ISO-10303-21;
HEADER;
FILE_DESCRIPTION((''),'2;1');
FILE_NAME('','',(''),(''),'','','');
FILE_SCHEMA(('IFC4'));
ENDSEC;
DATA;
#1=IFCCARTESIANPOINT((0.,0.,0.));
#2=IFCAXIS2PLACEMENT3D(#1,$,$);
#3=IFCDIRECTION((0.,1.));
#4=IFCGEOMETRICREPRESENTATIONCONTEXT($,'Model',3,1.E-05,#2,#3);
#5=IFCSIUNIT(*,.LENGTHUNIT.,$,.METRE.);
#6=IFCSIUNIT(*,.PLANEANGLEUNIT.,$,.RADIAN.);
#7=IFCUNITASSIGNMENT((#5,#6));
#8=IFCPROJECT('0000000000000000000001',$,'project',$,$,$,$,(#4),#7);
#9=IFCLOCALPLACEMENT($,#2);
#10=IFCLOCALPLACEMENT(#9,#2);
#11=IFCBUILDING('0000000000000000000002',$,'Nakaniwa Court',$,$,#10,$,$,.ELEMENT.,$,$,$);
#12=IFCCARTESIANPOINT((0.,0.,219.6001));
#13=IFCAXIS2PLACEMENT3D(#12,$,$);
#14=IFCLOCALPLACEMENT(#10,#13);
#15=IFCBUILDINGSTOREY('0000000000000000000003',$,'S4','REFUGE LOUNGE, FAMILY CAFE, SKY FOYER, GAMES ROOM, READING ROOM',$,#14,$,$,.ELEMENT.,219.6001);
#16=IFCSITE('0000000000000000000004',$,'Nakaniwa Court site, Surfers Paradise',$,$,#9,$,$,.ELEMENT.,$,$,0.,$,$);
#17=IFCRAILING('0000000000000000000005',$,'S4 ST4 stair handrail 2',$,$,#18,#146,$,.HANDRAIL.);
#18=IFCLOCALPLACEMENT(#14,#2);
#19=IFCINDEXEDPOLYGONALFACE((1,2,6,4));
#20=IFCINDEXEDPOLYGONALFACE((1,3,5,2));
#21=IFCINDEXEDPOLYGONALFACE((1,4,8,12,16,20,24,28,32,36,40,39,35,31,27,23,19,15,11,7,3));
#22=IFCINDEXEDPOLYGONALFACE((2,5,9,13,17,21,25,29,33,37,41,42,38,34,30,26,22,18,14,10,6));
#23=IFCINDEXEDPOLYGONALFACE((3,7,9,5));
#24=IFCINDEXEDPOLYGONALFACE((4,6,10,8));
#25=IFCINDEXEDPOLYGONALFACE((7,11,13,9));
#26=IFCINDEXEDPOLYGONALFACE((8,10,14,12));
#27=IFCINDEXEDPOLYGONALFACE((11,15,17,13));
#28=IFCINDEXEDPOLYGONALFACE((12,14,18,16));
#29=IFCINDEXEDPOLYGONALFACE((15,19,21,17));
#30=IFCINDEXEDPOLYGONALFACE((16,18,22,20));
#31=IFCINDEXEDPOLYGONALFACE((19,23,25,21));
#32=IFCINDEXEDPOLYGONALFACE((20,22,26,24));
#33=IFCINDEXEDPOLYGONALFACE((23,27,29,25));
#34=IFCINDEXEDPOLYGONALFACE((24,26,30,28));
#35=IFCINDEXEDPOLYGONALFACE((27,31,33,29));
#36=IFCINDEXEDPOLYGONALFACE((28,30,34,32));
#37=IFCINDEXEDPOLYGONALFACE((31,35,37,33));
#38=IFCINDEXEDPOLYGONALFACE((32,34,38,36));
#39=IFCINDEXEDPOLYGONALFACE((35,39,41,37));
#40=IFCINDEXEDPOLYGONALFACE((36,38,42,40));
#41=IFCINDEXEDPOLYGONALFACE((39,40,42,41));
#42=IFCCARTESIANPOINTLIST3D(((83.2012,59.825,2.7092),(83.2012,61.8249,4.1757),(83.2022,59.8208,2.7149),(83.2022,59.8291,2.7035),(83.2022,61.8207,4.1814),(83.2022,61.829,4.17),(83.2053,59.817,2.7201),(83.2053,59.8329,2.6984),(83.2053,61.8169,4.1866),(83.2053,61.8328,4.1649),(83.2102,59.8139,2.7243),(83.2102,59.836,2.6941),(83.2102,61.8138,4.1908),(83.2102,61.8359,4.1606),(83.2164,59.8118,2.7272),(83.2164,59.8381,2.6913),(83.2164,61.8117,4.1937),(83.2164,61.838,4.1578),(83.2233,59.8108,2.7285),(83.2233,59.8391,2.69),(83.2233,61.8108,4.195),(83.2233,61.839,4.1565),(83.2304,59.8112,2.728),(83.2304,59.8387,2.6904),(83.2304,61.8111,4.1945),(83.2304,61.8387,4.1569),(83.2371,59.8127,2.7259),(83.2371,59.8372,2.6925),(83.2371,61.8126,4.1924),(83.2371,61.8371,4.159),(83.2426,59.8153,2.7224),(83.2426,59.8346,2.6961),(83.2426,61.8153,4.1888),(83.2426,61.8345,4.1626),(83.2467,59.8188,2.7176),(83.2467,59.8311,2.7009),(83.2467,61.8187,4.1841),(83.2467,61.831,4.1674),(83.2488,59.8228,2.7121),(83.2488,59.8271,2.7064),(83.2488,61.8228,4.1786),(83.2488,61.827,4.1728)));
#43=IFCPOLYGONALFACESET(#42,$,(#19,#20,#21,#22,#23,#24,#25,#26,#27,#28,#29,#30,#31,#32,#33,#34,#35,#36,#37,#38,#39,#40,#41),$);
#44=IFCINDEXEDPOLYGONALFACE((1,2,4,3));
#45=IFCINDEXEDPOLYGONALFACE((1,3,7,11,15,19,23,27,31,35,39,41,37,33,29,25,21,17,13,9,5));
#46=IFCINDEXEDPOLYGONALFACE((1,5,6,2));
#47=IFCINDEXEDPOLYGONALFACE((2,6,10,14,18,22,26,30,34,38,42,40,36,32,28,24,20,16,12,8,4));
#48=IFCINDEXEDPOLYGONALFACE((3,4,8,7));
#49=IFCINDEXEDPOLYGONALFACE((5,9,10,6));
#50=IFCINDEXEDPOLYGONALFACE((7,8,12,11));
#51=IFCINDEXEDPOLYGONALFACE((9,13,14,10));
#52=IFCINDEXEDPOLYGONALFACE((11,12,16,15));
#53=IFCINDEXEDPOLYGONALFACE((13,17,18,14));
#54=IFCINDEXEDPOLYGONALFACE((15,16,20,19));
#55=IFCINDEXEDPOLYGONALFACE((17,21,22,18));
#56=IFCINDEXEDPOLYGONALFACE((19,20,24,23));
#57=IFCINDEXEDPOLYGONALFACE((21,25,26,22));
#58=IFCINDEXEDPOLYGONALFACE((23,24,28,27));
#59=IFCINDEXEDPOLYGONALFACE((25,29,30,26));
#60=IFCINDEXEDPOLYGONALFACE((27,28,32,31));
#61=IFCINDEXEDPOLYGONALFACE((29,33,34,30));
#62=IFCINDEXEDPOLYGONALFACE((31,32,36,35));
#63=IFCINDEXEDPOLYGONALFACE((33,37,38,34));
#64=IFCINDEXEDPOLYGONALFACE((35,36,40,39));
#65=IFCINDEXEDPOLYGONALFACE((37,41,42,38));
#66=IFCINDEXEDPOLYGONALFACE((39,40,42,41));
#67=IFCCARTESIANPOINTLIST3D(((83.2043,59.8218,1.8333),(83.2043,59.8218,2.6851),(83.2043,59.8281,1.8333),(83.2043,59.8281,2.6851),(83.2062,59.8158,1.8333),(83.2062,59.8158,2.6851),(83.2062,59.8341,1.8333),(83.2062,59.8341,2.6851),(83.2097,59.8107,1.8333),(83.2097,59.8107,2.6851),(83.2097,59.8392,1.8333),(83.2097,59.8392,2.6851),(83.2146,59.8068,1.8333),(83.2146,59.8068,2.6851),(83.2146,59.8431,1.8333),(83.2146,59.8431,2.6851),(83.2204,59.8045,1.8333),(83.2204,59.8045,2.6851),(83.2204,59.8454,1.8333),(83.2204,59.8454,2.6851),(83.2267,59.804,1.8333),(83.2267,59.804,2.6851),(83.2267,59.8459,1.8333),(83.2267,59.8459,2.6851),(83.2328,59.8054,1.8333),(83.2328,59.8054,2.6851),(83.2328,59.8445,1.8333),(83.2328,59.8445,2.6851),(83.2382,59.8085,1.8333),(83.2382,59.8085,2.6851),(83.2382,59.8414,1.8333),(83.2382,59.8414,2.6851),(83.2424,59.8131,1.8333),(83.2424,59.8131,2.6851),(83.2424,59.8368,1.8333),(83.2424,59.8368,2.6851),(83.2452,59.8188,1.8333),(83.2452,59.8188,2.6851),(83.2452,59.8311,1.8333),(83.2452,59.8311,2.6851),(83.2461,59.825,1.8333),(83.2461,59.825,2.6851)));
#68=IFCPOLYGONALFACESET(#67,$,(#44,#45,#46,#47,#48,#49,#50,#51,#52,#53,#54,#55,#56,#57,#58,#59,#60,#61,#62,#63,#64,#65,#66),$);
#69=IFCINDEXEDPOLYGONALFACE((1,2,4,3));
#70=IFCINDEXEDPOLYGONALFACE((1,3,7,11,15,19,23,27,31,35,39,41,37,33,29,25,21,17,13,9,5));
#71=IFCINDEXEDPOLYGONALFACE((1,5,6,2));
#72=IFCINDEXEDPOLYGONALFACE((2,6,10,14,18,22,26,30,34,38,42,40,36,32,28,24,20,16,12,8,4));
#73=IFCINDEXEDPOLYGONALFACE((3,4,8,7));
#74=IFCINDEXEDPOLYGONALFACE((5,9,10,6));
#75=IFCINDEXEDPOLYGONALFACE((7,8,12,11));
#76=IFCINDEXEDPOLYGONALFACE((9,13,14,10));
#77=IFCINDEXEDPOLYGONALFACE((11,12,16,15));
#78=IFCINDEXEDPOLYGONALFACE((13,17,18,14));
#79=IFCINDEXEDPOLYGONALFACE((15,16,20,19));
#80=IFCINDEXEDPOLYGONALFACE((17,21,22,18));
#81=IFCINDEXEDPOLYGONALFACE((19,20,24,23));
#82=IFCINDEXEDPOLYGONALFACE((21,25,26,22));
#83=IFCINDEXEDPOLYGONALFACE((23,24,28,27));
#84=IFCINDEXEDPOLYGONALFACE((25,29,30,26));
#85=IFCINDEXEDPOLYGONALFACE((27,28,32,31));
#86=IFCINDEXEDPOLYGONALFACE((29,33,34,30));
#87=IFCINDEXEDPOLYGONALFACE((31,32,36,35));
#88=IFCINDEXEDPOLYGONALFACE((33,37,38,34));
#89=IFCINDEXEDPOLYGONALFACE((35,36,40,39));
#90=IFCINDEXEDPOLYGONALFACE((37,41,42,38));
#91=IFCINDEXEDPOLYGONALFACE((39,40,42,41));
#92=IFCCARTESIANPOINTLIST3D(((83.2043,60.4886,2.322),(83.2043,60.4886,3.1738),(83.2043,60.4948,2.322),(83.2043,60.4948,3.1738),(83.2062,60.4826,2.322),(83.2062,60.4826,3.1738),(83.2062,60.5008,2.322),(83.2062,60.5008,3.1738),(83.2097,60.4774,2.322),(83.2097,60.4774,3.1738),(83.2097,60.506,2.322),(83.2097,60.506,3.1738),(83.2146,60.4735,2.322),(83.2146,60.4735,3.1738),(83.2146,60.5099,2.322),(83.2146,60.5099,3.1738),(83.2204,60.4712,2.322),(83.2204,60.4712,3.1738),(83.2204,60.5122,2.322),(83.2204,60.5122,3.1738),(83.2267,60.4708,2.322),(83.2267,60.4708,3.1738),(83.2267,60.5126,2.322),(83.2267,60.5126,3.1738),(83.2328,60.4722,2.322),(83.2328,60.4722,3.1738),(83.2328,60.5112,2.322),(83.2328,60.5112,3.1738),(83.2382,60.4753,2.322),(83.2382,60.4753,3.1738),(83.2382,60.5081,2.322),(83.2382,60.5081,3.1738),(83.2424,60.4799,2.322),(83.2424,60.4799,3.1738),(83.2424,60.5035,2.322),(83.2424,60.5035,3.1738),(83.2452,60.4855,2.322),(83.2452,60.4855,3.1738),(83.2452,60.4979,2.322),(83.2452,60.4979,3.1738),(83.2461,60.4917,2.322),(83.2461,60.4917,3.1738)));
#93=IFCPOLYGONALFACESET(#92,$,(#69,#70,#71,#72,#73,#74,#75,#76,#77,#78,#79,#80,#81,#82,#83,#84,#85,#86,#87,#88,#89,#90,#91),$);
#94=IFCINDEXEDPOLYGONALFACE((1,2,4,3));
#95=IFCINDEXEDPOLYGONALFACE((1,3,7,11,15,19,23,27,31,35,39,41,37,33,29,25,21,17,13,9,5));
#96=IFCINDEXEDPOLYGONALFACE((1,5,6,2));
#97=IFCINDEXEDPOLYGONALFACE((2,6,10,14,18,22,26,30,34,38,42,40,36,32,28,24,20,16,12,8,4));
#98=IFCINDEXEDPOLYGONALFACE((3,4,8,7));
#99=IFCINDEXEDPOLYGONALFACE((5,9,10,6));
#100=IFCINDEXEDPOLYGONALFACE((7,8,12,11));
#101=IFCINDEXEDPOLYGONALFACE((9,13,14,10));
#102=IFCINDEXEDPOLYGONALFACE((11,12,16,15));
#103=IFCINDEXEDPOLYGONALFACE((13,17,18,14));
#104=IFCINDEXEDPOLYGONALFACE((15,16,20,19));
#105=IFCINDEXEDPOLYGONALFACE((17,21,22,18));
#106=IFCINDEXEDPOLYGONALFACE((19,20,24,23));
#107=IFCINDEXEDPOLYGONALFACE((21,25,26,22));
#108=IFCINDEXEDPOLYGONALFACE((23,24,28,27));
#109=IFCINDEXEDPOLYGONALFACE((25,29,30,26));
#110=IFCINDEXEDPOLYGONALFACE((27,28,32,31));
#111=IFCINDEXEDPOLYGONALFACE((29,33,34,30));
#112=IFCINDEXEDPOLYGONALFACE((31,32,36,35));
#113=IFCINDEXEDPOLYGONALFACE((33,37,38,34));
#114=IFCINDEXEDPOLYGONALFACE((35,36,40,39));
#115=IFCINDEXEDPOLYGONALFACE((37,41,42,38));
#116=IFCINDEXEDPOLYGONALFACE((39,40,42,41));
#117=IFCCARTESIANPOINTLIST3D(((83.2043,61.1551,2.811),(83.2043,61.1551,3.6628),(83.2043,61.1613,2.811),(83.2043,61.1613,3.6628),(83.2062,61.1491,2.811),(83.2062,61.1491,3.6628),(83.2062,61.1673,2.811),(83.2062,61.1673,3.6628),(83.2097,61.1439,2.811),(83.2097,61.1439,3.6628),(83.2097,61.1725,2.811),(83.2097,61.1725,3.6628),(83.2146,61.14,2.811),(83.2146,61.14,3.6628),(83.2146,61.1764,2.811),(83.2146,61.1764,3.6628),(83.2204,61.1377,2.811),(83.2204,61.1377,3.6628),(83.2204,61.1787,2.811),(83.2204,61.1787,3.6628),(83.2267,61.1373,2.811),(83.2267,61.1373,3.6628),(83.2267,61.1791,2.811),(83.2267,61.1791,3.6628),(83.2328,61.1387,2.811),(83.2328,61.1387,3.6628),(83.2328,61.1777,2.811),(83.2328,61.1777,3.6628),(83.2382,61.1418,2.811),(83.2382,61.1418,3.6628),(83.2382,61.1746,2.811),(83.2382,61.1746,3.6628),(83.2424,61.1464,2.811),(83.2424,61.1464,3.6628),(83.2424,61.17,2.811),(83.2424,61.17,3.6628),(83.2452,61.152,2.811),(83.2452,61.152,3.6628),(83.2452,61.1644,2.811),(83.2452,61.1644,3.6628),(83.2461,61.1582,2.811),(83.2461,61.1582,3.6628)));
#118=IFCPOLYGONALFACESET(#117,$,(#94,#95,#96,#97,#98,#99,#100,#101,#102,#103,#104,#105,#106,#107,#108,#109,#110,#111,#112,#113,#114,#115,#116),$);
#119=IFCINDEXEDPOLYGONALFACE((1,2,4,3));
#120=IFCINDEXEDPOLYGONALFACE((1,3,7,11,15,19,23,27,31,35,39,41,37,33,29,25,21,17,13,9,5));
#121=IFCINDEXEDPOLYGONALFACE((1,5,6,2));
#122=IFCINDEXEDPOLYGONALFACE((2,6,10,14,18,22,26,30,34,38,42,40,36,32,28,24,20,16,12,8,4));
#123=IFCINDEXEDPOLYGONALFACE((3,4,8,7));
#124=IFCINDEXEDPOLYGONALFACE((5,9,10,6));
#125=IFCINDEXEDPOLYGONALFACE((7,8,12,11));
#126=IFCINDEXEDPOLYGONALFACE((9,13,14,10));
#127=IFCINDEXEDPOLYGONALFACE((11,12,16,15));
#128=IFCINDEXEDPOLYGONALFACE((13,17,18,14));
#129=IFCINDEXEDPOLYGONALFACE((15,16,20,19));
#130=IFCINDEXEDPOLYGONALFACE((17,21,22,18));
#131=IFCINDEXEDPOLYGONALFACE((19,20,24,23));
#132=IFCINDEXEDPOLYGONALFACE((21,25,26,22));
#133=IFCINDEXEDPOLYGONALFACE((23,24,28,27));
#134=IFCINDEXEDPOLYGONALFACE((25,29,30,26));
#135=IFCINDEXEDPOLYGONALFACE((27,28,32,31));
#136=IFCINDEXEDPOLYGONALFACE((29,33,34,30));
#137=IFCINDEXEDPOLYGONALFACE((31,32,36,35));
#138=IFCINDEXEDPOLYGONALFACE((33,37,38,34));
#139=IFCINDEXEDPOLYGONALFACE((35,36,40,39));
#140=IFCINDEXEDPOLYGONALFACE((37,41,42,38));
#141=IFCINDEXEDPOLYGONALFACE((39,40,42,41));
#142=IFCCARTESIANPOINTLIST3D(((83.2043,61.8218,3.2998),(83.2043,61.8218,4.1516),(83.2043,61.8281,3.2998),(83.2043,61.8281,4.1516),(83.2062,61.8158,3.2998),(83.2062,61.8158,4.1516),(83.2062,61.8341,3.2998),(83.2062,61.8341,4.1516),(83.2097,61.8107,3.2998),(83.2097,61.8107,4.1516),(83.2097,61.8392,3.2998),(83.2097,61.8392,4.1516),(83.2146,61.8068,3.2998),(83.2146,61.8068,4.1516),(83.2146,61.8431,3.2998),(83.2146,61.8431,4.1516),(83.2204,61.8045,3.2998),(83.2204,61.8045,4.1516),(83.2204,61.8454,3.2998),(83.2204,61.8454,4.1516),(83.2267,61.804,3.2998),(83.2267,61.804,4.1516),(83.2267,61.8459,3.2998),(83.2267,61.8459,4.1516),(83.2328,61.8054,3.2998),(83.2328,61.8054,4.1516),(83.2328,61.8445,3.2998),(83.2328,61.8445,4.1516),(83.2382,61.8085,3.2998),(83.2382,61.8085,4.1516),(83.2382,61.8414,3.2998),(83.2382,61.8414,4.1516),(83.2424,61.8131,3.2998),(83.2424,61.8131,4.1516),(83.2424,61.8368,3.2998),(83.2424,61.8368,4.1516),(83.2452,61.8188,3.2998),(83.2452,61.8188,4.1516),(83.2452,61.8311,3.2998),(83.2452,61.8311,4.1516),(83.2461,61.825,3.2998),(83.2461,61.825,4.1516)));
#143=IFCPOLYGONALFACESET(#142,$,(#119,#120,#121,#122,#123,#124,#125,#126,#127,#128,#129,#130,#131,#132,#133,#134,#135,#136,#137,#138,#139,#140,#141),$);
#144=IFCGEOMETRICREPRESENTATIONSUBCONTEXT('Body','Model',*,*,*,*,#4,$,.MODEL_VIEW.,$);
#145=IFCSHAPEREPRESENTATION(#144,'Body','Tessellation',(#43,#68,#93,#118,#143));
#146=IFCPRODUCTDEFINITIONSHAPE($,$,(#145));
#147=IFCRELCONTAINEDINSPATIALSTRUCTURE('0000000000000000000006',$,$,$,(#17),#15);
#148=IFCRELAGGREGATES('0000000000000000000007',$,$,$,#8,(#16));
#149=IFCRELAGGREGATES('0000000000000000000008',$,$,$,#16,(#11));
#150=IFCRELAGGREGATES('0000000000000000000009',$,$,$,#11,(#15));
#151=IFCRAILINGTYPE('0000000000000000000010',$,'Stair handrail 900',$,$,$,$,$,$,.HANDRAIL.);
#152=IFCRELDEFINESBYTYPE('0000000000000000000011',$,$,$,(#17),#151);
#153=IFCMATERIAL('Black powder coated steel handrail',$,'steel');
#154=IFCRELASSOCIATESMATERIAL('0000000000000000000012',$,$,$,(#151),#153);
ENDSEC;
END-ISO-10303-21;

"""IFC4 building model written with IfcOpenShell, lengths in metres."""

from ifc_helpers import new_model, si_unit, direction, frame, origin, origin_2d, place, context, subcontext, project, spatial, circle, extrude, material, type_object, element, save


model = new_model("IFC4")

# Units and contexts
model_context = context("Model", 3, precision=1e-05, world=origin(), true_north=direction((0.0, 1.0)))
body_context = subcontext(model_context, "Body", "Model", "MODEL_VIEW")
ifc_project = project(units=[si_unit("LENGTHUNIT", "METRE"), si_unit("PLANEANGLEUNIT", "RADIAN")], contexts=[model_context])

# Site, building, storey
site_placement = place(None, origin())
site = spatial("IfcSite", under=ifc_project, at=site_placement, Name="Nakaniwa Court site, Surfers Paradise", CompositionType="ELEMENT", RefElevation=0.0)
building_placement = place(site_placement, origin())
building = spatial("IfcBuilding", under=site, at=building_placement, Name="Nakaniwa Court", CompositionType="ELEMENT")
storey_placement = place(building_placement, frame((0.0, 0.0, 219.6001)))
storey = spatial("IfcBuildingStorey", under=building, at=storey_placement, Name="S4", Description="REFUGE LOUNGE, FAMILY CAFE, SKY FOYER, GAMES ROOM, READING ROOM", CompositionType="ELEMENT", Elevation=219.6001)

# Railing
ifc_material_1 = material(Name="Black powder coated steel handrail", Category="steel")
railing_type_1 = type_object("IfcRailingType", Name="Stair handrail 900", PredefinedType="HANDRAIL", material=ifc_material_1)
railing_1_placement = place(storey_placement, frame((83.2251, 59.825, 1.8333)))
element("IfcRailing", 1, at=railing_1_placement, inside=storey, type_object=railing_type_1, Name="S4 ST4 stair handrail 2", PredefinedType="HANDRAIL", context=body_context, shape_type="SweptSolid", body=[
    extrude(circle(Radius=0.0239, at=origin_2d()), frame((0.0, 0.0, 0.876), z_axis=(0.0, 0.806427, 0.591334), x_axis=(-1.0, 0.0, 0.0)), (0.0, 0.0, 1.0), 2.48),
    extrude(circle(Radius=0.021, at=origin_2d()), origin(), (0.0, 0.0, 1.0), 0.8518),
    extrude(circle(Radius=0.021, at=origin_2d()), frame((0.0, 0.6667, 0.4888)), (0.0, 0.0, 1.0), 0.8518),
    extrude(circle(Radius=0.021, at=origin_2d()), frame((0.0, 1.3333, 0.9778)), (0.0, 0.0, 1.0), 0.8518),
    extrude(circle(Radius=0.021, at=origin_2d()), frame((0.0, 2.0, 1.4666)), (0.0, 0.0, 1.0), 0.8518),
])

save(model, "model.ifc")
